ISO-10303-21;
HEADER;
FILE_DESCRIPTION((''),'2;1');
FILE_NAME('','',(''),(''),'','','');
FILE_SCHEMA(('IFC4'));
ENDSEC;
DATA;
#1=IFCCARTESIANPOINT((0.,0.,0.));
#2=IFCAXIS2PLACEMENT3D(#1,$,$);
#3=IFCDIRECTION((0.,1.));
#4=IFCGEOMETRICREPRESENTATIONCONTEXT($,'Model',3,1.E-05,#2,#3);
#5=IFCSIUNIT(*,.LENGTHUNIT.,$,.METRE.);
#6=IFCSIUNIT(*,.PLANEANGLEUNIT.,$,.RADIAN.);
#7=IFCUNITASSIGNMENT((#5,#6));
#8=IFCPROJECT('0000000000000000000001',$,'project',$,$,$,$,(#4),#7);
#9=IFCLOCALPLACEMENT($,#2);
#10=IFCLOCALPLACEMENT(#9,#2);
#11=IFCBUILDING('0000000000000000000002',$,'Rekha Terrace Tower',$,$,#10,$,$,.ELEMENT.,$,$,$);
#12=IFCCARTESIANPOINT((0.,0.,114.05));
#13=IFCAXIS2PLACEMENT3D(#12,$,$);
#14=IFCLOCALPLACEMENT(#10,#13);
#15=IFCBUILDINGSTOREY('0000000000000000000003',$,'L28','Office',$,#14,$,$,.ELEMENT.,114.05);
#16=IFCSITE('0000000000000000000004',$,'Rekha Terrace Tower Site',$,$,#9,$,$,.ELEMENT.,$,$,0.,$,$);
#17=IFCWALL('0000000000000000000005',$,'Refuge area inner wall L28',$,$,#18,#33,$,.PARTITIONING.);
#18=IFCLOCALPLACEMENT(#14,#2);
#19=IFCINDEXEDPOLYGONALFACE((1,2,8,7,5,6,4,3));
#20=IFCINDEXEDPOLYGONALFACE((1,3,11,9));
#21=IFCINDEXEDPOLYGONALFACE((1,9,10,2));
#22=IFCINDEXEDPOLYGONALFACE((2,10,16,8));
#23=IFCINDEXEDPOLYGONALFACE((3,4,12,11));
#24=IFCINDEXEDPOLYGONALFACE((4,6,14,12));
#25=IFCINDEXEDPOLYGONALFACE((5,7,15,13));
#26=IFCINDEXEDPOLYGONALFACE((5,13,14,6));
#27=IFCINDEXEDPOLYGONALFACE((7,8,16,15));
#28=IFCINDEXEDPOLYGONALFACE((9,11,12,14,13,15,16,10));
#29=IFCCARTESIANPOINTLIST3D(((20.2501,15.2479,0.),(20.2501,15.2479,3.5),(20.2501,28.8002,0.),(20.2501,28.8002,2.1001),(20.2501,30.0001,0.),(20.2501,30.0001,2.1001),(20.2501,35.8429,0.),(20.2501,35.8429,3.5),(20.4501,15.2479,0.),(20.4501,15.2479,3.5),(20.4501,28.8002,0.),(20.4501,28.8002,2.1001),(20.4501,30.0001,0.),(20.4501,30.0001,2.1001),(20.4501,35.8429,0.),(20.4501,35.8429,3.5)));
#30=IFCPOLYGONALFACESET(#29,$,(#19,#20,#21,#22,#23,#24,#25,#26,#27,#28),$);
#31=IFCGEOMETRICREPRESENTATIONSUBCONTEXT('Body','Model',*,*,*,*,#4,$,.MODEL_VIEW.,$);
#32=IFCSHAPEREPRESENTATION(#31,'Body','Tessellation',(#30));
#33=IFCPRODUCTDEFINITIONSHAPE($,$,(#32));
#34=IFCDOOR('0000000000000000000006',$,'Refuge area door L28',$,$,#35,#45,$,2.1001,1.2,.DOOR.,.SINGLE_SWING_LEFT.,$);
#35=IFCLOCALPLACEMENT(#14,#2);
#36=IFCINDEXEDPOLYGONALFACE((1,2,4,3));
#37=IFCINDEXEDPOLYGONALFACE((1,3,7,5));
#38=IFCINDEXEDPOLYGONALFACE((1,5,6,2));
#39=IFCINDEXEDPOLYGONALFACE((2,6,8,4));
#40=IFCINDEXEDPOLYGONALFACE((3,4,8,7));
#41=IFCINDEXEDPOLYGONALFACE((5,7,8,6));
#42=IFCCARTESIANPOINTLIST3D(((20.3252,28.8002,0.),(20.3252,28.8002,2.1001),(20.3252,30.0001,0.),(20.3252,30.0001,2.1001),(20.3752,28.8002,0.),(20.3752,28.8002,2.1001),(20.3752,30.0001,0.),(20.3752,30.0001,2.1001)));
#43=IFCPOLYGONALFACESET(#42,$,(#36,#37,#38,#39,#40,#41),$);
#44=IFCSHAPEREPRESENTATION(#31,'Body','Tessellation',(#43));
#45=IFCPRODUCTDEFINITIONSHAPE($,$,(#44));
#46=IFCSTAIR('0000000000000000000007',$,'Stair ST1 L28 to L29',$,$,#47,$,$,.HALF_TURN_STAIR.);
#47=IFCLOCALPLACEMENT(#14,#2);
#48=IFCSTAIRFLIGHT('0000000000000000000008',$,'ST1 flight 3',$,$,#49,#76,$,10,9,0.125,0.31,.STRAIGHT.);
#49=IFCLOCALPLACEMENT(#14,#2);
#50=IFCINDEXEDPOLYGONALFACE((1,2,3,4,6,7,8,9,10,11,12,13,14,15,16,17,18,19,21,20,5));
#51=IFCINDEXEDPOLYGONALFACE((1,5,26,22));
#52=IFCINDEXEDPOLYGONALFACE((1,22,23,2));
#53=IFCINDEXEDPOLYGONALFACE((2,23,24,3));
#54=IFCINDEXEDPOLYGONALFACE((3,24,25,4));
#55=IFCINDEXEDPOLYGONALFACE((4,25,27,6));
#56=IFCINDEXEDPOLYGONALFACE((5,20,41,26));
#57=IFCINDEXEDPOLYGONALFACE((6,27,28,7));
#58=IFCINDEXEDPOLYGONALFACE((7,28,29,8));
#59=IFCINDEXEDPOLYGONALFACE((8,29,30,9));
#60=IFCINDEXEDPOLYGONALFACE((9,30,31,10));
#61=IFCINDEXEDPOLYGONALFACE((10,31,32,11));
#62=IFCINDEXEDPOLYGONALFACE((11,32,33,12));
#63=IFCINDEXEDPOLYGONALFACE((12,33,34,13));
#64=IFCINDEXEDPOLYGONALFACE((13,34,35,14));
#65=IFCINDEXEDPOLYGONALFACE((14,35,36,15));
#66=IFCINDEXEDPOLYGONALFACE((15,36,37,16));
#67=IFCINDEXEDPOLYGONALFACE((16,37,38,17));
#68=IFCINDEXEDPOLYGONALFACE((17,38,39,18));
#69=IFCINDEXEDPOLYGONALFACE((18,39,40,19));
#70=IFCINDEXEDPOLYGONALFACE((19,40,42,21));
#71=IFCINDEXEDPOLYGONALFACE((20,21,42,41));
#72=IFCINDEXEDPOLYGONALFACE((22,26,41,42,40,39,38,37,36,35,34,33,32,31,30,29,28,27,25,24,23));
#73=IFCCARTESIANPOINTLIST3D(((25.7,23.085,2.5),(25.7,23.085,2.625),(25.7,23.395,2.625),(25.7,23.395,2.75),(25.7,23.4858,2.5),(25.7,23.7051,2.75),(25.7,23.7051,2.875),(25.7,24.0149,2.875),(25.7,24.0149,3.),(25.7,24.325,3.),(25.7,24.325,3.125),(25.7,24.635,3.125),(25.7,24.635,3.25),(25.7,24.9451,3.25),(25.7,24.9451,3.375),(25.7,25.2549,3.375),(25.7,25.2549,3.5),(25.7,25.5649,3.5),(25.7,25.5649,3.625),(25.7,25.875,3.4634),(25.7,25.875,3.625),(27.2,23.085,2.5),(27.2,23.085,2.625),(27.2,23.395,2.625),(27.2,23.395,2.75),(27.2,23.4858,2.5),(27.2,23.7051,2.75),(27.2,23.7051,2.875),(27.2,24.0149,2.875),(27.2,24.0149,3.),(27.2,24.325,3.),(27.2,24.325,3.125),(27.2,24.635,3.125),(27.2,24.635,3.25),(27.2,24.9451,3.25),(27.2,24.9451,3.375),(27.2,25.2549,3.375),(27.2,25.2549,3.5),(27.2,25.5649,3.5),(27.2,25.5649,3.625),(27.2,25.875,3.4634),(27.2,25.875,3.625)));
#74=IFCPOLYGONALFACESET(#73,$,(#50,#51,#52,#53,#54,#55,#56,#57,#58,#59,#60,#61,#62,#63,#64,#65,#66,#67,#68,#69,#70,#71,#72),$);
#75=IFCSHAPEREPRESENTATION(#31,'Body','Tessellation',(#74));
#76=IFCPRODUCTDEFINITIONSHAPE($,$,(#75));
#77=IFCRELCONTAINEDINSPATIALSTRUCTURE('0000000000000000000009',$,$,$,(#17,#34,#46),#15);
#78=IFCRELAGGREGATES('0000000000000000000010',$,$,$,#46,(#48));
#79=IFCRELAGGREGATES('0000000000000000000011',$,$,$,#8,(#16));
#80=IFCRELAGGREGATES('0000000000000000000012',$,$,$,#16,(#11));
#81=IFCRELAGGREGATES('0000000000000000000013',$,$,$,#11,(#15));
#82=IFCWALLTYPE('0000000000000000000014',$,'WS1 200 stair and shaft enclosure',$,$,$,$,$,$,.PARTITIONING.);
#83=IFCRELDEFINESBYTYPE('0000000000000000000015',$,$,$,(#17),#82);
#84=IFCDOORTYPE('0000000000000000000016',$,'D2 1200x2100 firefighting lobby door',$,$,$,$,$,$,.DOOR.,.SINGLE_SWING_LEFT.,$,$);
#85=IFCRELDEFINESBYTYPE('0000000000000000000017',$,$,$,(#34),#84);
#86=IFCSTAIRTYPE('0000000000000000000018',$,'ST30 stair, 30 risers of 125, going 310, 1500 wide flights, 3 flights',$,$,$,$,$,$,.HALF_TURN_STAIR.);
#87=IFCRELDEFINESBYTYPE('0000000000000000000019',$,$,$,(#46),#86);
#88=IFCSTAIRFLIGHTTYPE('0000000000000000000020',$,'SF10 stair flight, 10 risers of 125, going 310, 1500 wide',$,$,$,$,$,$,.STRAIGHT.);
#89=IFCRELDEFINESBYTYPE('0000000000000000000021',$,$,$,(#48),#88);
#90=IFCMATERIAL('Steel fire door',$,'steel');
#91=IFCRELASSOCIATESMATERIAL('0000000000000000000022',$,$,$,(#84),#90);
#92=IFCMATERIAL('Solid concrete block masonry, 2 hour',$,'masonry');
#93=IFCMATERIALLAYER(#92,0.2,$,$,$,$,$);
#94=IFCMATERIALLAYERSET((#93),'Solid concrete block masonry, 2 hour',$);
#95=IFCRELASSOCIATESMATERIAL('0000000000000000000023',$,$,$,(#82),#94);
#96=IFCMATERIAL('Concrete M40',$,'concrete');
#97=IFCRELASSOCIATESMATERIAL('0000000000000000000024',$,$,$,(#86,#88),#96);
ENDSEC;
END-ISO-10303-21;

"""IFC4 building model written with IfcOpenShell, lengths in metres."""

from ifc_helpers import new_model, si_unit, direction, frame, frame_2d, origin, place, context, subcontext, project, spatial, polyline, rectangle, outline, extrude, material, layer, layer_set, type_object, element, fill, aggregate, save


model = new_model("IFC4")

# Units and contexts
model_context = context("Model", 3, precision=1e-05, world=origin(), true_north=direction((0.0, 1.0)))
body_context = subcontext(model_context, "Body", "Model", "MODEL_VIEW")
ifc_project = project(units=[si_unit("LENGTHUNIT", "METRE"), si_unit("PLANEANGLEUNIT", "RADIAN")], contexts=[model_context])

# Site, building, storey
site_placement = place(None, origin())
site = spatial("IfcSite", under=ifc_project, at=site_placement, Name="Rekha Terrace Tower Site", CompositionType="ELEMENT", RefElevation=0.0)
building_placement = place(site_placement, origin())
building = spatial("IfcBuilding", under=site, at=building_placement, Name="Rekha Terrace Tower", CompositionType="ELEMENT")
storey_placement = place(building_placement, frame((0.0, 0.0, 114.05)))
storey = spatial("IfcBuildingStorey", under=building, at=storey_placement, Name="L28", Description="Office", CompositionType="ELEMENT", Elevation=114.05)

# Shared definitions
ifc_material_1 = material(Name="Steel fire door", Category="steel")
door_type_1 = type_object("IfcDoorType", Name="D2 1200x2100 firefighting lobby door", OperationType="SINGLE_SWING_LEFT", PredefinedType="DOOR", material=ifc_material_1)

# Wall, opening, door
ifc_material_2 = material(Name="Solid concrete block masonry, 2 hour", Category="masonry")
ifc_layer_1 = layer(ifc_material_2, 0.2)
ifc_layer_set_1 = layer_set([ifc_layer_1], Name="Solid concrete block masonry, 2 hour")
wall_type_1 = type_object("IfcWallType", Name="WS1 200 stair and shaft enclosure", PredefinedType="PARTITIONING", material=ifc_layer_set_1)
wall_1_placement = place(storey_placement, frame((20.3501, 15.248, 0.0), z_axis=(0.0, 0.0, 1.0), x_axis=(0.0, 1.0, 0.0)))
wall_1 = element("IfcWall", 1, at=wall_1_placement, inside=storey, type_object=wall_type_1, Name="Refuge area inner wall L28", PredefinedType="PARTITIONING", context=body_context, shape_type="SweptSolid", body=[
    extrude(rectangle(XDim=20.595, YDim=0.2, at=frame_2d((10.2974, 0.0))), origin(), (0.0, 0.0, 1.0), 3.5),
])
opening_1_placement = place(wall_1_placement, frame((13.552, 0.0, 0.0)))
opening_1 = element("IfcOpeningElement", 2, at=opening_1_placement, cuts=wall_1, PredefinedType="OPENING", context=body_context, shape_type="SweptSolid", body=[
    extrude(rectangle(XDim=1.2, YDim=2.1001, at=frame_2d((0.6001, 1.05))), frame((0.0, 0.1099, 0.0), z_axis=(0.0, -1.0, 0.0), x_axis=(1.0, 0.0, 0.0)), (0.0, 0.0, 1.0), 0.22),
])
door_1_placement = place(opening_1_placement, origin())
door_1 = element("IfcDoor", 3, at=door_1_placement, inside=storey, type_object=door_type_1, Name="Refuge area door L28", OperationType="SINGLE_SWING_LEFT", OverallHeight=2.1001, OverallWidth=1.2, PredefinedType="DOOR", context=body_context, shape_type="SweptSolid", body=[
    extrude(rectangle(XDim=1.2, YDim=2.1001, at=frame_2d((0.6001, 1.05))), frame((0.0, 0.0249, 0.0), z_axis=(0.0, -1.0, 0.0), x_axis=(1.0, 0.0, 0.0)), (0.0, 0.0, 1.0), 0.05),
])
fill(opening_1, door_1)

# Stair, stair flight
ifc_material_3 = material(Name="Concrete M40", Category="concrete")
stair_type = type_object("IfcStairType", Name="ST30 stair, 30 risers of 125, going 310, 1500 wide flights, 3 flights", PredefinedType="HALF_TURN_STAIR", material=ifc_material_3)
stair_placement = place(storey_placement, origin())
stair = element("IfcStair", 4, at=stair_placement, inside=storey, type_object=stair_type, Name="Stair ST1 L28 to L29", PredefinedType="HALF_TURN_STAIR")
stair_flight_type = type_object("IfcStairFlightType", Name="SF10 stair flight, 10 risers of 125, going 310, 1500 wide", PredefinedType="STRAIGHT", material=ifc_material_3)
stair_flight_placement = place(storey_placement, frame((26.45, 23.085, 2.5), z_axis=(0.0, 0.0, 1.0), x_axis=(0.0, 1.0, 0.0)))
stair_flight = element("IfcStairFlight", 5, at=stair_flight_placement, type_object=stair_flight_type, Name="ST1 flight 3", NumberOfRisers=10, NumberOfTreads=9, PredefinedType="STRAIGHT", RiserHeight=0.125, TreadLength=0.31, context=body_context, shape_type="SweptSolid", body=[
    extrude(outline(polyline([(0.0, 0.0), (0.0, 0.125), (0.3101, 0.125), (0.3101, 0.25), (0.6201, 0.25), (0.6201, 0.375), (0.9299, 0.375), (0.9299, 0.5), (1.24, 0.5), (1.24, 0.625), (1.55, 0.625), (1.55, 0.75), (1.8601, 0.75), (1.8601, 0.875), (2.1699, 0.875), (2.1699, 1.0), (2.48, 1.0), (2.48, 1.125), (2.79, 1.125), (2.79, 1.25), (2.79, 0.9634), (0.4009, 0.0), (0.0, 0.0)])), frame((0.0, 0.75, 0.0), z_axis=(0.0, -1.0, 0.0), x_axis=(1.0, 0.0, 0.0)), (0.0, 0.0, 1.0), 1.5),
])
aggregate(stair, [stair_flight])

save(model, "model.ifc")
